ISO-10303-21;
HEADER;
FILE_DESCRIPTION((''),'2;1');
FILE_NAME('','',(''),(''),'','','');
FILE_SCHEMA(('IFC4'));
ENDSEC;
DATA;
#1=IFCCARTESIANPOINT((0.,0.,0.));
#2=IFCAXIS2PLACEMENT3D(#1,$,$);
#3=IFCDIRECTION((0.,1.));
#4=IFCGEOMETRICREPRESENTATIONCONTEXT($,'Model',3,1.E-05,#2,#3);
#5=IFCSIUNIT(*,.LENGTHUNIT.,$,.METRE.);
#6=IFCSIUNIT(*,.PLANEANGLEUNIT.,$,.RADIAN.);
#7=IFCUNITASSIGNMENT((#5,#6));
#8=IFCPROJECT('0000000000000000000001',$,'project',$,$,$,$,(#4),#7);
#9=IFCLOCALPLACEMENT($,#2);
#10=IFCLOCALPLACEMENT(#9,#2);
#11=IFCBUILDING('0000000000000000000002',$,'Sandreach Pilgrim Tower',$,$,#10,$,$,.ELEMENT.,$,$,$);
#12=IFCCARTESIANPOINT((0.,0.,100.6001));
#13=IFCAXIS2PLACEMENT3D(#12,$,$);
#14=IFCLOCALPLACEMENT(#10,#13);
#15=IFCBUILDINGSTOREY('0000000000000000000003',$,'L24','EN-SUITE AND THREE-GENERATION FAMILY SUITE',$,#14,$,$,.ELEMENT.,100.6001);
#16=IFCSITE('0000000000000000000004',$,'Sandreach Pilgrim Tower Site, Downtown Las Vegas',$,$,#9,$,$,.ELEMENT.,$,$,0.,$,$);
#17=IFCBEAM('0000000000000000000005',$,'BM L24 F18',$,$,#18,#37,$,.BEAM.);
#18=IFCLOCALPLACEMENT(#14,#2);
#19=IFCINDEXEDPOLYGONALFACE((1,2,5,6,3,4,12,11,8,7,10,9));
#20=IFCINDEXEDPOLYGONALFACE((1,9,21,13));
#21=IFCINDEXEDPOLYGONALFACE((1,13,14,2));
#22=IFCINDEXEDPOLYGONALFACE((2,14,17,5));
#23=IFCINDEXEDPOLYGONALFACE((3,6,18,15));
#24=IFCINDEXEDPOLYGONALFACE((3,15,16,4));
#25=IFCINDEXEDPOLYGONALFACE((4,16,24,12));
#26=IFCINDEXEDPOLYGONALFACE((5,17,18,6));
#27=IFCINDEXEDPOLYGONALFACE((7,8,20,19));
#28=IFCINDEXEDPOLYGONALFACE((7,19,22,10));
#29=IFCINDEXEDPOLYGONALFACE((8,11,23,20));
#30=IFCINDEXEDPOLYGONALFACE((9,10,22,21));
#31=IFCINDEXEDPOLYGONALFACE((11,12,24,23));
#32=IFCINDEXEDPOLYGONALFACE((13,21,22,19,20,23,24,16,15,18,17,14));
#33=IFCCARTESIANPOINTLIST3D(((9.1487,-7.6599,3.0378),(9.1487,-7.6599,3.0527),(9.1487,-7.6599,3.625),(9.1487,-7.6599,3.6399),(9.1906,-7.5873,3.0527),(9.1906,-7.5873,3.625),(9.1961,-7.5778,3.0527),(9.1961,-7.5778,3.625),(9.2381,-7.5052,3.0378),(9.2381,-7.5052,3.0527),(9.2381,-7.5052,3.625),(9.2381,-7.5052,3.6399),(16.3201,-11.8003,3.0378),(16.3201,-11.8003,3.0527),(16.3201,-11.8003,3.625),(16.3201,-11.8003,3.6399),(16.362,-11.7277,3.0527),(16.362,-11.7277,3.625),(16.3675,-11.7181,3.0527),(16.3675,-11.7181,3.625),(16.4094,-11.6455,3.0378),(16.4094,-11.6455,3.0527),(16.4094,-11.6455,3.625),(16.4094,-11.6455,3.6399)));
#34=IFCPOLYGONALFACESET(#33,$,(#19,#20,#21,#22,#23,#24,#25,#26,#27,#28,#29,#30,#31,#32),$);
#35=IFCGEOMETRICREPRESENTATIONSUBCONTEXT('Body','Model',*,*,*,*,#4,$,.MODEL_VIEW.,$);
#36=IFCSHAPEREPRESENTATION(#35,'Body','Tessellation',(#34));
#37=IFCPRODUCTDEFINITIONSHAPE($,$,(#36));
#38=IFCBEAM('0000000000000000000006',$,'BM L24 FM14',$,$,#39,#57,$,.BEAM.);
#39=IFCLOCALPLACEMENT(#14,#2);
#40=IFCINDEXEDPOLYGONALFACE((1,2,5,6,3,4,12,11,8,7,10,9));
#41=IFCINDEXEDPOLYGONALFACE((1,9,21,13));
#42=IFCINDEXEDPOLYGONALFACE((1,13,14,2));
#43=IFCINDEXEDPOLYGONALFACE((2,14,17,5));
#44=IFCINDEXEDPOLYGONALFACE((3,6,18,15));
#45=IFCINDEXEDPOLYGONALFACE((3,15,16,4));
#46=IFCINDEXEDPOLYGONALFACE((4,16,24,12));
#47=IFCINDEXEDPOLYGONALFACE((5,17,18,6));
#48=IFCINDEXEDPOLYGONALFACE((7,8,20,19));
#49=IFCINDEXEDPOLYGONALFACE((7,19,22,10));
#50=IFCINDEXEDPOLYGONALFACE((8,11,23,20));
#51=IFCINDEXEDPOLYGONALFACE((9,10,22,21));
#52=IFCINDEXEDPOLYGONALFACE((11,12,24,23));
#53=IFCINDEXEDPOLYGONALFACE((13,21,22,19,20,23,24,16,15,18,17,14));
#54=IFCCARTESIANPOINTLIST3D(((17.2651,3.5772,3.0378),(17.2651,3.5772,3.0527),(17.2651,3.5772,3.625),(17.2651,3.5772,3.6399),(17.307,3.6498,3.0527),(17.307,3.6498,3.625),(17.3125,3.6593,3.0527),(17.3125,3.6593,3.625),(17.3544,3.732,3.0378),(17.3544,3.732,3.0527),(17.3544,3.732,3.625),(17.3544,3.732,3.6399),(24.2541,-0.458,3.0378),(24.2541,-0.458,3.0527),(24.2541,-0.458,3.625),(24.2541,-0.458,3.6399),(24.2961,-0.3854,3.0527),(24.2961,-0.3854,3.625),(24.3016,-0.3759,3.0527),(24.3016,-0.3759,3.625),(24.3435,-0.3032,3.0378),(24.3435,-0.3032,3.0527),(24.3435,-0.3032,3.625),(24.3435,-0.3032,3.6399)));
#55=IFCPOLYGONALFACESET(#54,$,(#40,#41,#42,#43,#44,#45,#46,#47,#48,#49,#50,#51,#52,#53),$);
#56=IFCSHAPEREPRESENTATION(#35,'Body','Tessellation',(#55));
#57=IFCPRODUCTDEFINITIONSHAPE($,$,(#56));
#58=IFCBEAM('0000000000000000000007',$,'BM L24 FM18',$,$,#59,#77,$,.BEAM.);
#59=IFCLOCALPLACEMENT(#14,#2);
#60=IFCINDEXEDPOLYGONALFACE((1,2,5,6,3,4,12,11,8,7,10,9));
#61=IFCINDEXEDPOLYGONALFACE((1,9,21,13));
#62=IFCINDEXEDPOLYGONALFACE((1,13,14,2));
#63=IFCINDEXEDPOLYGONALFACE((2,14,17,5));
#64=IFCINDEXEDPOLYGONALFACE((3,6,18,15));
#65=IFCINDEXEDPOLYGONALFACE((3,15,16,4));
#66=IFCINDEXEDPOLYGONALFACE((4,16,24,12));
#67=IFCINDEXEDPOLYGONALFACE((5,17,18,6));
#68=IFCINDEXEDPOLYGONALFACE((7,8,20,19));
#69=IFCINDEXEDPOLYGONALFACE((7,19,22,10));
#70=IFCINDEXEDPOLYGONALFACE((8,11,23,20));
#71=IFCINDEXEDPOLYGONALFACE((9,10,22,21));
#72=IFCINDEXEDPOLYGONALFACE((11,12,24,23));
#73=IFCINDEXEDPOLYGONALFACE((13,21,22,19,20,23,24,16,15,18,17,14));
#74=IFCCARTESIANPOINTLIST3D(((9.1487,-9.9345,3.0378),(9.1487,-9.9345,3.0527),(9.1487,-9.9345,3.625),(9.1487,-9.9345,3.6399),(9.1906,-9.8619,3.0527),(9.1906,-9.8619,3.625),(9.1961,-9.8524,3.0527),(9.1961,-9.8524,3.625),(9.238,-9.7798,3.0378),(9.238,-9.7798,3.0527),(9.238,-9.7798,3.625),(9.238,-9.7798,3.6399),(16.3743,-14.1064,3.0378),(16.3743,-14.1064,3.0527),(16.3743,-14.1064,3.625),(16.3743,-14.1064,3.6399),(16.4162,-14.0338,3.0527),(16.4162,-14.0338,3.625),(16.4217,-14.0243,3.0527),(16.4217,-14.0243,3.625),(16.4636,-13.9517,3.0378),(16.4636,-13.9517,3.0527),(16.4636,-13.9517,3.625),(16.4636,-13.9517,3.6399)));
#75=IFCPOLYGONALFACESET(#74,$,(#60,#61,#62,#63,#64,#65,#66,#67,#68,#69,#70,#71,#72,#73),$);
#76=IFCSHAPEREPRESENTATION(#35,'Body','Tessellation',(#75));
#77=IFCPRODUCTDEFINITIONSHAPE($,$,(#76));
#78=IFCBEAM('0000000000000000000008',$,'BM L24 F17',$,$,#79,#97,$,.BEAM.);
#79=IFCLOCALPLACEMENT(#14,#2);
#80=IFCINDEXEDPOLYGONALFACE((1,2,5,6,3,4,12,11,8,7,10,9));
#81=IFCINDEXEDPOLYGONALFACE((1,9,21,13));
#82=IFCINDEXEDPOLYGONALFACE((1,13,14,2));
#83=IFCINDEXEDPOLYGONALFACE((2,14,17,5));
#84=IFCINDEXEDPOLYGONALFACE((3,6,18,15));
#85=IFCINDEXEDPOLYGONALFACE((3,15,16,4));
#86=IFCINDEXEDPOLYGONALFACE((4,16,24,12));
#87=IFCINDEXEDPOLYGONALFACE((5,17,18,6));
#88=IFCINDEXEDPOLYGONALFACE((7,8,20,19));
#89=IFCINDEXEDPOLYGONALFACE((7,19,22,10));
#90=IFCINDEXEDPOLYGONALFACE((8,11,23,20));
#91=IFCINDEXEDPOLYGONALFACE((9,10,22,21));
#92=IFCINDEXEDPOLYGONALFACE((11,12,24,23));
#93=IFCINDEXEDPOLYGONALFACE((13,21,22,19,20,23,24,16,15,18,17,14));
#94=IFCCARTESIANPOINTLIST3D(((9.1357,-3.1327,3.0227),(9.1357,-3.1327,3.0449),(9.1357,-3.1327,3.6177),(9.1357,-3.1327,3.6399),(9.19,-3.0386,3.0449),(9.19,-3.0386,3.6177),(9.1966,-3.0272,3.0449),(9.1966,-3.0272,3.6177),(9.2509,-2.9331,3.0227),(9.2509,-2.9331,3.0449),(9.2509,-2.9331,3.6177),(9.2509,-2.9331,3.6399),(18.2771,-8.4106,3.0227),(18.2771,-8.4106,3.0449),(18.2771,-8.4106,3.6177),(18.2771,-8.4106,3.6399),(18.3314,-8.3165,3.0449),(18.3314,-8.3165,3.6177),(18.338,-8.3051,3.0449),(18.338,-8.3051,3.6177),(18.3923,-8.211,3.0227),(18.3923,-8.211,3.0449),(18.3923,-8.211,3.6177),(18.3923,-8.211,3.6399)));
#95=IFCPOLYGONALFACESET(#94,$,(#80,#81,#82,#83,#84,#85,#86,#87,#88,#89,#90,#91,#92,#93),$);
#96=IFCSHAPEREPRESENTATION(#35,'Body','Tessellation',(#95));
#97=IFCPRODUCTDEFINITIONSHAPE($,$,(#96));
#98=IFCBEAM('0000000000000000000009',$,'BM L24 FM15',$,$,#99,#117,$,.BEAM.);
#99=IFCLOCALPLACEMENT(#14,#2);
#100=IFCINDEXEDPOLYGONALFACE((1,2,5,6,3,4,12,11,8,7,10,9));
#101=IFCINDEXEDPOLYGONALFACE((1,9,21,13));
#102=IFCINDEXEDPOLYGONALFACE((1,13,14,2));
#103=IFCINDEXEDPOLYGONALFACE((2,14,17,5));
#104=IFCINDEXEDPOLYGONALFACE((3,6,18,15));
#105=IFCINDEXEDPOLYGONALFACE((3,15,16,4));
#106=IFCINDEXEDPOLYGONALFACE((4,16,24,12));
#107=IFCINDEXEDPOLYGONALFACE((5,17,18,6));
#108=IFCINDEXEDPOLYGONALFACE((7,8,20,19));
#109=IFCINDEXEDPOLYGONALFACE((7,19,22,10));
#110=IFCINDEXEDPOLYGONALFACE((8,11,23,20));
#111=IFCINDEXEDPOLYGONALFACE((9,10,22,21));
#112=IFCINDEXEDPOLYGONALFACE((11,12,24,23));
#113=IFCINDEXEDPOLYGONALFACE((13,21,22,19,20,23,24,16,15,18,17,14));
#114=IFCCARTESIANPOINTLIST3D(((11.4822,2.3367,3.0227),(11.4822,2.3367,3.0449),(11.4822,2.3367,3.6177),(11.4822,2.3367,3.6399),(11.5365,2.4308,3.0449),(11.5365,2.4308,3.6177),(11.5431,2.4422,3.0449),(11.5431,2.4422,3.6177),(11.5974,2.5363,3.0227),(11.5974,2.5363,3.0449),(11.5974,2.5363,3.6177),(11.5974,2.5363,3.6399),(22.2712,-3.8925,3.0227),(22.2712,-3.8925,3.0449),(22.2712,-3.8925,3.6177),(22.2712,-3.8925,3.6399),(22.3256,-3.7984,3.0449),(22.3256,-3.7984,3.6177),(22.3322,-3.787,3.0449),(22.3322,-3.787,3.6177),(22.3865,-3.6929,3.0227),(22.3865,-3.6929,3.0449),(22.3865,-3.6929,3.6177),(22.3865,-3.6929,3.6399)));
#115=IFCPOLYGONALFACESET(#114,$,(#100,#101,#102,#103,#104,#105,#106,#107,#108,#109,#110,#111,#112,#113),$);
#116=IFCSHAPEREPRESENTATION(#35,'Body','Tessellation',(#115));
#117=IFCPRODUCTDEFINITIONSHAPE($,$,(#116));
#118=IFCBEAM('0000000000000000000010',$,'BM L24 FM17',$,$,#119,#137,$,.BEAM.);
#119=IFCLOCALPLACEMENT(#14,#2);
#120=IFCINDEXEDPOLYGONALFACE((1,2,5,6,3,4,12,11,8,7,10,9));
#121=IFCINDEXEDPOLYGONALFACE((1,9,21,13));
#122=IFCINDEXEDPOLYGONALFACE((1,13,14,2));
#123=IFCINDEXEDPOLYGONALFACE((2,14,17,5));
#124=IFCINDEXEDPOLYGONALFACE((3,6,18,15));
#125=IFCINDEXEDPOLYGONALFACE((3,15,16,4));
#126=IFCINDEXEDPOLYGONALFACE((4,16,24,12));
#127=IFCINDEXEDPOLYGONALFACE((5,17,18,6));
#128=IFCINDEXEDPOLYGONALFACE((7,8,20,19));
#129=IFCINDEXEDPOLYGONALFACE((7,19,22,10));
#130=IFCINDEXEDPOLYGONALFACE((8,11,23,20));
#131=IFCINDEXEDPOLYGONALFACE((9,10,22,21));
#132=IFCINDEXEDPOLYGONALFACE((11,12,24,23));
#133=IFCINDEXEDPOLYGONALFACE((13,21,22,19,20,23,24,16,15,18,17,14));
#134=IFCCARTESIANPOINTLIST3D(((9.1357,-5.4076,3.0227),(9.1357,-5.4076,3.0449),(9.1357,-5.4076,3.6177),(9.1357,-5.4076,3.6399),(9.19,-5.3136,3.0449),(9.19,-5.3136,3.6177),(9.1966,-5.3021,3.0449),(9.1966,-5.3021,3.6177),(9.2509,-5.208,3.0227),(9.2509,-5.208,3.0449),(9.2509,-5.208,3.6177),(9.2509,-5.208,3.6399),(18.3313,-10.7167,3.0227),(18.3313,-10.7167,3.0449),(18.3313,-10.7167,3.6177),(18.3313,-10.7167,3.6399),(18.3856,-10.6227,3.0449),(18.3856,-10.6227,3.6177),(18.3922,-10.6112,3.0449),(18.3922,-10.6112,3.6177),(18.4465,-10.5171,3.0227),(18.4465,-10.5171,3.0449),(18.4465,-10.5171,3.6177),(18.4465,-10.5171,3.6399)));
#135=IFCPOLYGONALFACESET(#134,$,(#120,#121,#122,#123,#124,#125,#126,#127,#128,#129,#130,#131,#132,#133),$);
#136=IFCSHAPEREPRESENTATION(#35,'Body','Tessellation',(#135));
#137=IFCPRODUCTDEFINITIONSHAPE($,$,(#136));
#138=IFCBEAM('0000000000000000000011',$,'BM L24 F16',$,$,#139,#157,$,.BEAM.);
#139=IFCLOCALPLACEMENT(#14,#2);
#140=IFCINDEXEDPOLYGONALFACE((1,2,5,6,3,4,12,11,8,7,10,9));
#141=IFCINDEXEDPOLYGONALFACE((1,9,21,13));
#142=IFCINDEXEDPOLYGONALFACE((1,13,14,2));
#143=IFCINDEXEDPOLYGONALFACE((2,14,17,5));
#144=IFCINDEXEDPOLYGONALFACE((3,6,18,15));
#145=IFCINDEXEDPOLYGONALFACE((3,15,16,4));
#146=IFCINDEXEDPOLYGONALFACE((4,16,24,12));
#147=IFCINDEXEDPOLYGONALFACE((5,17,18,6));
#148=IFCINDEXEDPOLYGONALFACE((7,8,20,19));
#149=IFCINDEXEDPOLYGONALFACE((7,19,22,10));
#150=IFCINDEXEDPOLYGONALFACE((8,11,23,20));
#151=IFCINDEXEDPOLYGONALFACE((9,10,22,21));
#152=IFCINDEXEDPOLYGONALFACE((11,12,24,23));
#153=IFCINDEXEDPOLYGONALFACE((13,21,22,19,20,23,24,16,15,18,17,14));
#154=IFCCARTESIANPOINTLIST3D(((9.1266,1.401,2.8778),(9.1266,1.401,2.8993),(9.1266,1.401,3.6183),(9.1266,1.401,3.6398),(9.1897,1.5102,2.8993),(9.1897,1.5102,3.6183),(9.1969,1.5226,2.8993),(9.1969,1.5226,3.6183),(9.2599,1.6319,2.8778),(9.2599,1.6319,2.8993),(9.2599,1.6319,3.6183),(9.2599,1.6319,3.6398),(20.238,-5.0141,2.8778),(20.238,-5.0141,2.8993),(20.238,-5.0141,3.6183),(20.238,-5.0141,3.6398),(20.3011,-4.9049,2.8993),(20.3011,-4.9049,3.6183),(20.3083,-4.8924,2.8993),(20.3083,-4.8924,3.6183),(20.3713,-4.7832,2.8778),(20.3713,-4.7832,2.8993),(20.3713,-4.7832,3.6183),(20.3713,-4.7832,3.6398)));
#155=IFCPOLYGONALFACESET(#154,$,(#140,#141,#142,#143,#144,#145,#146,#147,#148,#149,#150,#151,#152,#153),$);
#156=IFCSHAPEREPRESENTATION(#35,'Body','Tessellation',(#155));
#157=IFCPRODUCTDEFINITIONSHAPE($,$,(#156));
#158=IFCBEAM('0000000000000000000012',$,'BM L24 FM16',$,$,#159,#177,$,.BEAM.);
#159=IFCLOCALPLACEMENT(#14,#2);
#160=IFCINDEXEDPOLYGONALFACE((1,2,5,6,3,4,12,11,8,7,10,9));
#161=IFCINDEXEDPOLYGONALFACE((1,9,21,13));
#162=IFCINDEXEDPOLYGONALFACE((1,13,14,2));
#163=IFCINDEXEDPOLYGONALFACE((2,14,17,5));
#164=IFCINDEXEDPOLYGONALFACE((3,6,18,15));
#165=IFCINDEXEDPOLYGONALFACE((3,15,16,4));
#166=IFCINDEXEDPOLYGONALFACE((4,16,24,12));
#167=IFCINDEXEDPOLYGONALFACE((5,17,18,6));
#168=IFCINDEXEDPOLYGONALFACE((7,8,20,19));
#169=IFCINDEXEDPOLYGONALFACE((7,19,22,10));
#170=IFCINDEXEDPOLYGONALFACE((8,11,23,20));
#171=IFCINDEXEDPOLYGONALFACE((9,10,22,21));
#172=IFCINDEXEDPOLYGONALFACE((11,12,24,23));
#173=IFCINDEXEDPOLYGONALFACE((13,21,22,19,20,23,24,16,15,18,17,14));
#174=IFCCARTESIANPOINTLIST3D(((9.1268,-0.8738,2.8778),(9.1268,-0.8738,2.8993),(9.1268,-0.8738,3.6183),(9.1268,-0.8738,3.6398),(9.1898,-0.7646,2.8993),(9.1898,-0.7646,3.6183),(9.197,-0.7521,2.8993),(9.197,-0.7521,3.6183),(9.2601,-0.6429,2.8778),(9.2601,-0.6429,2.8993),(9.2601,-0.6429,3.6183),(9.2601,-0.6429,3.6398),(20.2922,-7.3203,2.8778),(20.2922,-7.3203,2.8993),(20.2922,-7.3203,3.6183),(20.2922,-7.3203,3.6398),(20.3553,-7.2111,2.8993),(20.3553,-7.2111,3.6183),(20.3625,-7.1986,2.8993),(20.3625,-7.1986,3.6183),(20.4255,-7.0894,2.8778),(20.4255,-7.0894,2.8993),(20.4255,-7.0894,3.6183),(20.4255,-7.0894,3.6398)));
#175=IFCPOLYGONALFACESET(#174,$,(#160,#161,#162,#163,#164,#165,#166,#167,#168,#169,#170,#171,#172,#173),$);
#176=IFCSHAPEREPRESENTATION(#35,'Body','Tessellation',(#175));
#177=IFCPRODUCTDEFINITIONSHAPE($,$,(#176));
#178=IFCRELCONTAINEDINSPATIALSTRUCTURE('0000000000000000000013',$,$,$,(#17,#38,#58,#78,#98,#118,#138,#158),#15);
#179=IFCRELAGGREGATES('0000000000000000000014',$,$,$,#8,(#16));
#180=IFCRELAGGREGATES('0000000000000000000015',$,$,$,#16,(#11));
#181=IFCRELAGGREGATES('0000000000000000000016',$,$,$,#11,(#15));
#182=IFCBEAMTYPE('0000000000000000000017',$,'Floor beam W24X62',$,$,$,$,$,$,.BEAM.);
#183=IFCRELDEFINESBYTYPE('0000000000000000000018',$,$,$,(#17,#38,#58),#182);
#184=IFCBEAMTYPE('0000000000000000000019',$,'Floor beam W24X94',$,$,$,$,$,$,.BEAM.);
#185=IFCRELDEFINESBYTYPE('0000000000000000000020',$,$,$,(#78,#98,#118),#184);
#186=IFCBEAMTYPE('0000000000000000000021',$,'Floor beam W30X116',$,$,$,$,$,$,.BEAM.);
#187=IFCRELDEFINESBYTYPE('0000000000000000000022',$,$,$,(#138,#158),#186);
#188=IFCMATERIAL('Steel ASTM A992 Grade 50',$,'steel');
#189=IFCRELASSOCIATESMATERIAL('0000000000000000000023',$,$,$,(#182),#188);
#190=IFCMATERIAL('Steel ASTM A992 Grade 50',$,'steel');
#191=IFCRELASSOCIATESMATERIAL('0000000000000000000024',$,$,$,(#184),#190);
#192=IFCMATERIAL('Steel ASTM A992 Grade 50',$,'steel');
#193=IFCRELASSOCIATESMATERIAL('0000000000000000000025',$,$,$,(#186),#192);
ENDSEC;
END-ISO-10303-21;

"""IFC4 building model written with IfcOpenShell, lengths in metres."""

from ifc_helpers import new_model, si_unit, direction, frame, origin, origin_2d, place, context, subcontext, project, spatial, i_section, extrude, material, material_profile, profile_set, type_object, element, save


model = new_model("IFC4")

# Units and contexts
model_context = context("Model", 3, precision=1e-05, world=origin(), true_north=direction((0.0, 1.0)))
body_context = subcontext(model_context, "Body", "Model", "MODEL_VIEW")
ifc_project = project(units=[si_unit("LENGTHUNIT", "METRE"), si_unit("PLANEANGLEUNIT", "RADIAN")], contexts=[model_context])

# Site, building, storey
site_placement = place(None, origin())
site = spatial("IfcSite", under=ifc_project, at=site_placement, Name="Sandreach Pilgrim Tower Site, Downtown Las Vegas", CompositionType="ELEMENT", RefElevation=0.0)
building_placement = place(site_placement, origin())
building = spatial("IfcBuilding", under=site, at=building_placement, Name="Sandreach Pilgrim Tower", CompositionType="ELEMENT")
storey_placement = place(building_placement, frame((0.0, 0.0, 100.6001)))
storey = spatial("IfcBuildingStorey", under=building, at=storey_placement, Name="L24", Description="EN-SUITE AND THREE-GENERATION FAMILY SUITE", CompositionType="ELEMENT", Elevation=100.6001)

# Beams
ifc_material_1 = material(Name="Steel ASTM A992 Grade 50", Category="steel")
ifc_material_profile_1 = material_profile(ifc_material_1, i_section(OverallWidth=0.1787, OverallDepth=0.6021, WebThickness=0.011, FlangeThickness=0.0149, at=origin_2d()), Name="W24X62")
ifc_profile_set_1 = profile_set([ifc_material_profile_1], Name="Steel ASTM A992 Grade 50")
beam_type_1 = type_object("IfcBeamType", Name="Floor beam W24X62", PredefinedType="BEAM", material=ifc_profile_set_1)
beam_1_placement = place(storey_placement, frame((16.3647, -11.7229, 3.3389), z_axis=(-0.866027, 0.499998, 0.0), x_axis=(-0.499998, -0.866027, 0.0)))
element("IfcBeam", 1, at=beam_1_placement, inside=storey, type_object=beam_type_1, Name="BM L24 F18", PredefinedType="BEAM", context=body_context, shape_type="SweptSolid", body=[
    extrude(i_section(OverallWidth=0.1787, OverallDepth=0.6021, WebThickness=0.011, FlangeThickness=0.0149, at=origin_2d()), origin(), (0.0, 0.0, 1.0), 8.2808),
])
beam_2_placement = place(storey_placement, frame((24.2988, -0.3806, 3.3389), z_axis=(-0.866023, 0.500004, 0.0), x_axis=(-0.500004, -0.866023, 0.0)))
element("IfcBeam", 2, at=beam_2_placement, inside=storey, type_object=beam_type_1, Name="BM L24 FM14", PredefinedType="BEAM", context=body_context, shape_type="SweptSolid", body=[
    extrude(i_section(OverallWidth=0.1787, OverallDepth=0.6021, WebThickness=0.011, FlangeThickness=0.0149, at=origin_2d()), origin(), (0.0, 0.0, 1.0), 8.0703),
])
beam_3_placement = place(storey_placement, frame((16.4189, -14.0291, 3.3389), z_axis=(-0.866016, 0.500016, 0.0), x_axis=(-0.500016, -0.866016, 0.0)))
element("IfcBeam", 3, at=beam_3_placement, inside=storey, type_object=beam_type_1, Name="BM L24 FM18", PredefinedType="BEAM", context=body_context, shape_type="SweptSolid", body=[
    extrude(i_section(OverallWidth=0.1787, OverallDepth=0.6021, WebThickness=0.011, FlangeThickness=0.0149, at=origin_2d()), origin(), (0.0, 0.0, 1.0), 8.3435),
])
ifc_material_2 = material(Name="Steel ASTM A992 Grade 50", Category="steel")
ifc_material_profile_2 = material_profile(ifc_material_2, i_section(OverallWidth=0.2305, OverallDepth=0.6172, WebThickness=0.0132, FlangeThickness=0.0222, at=origin_2d()), Name="W24X94")
ifc_profile_set_2 = profile_set([ifc_material_profile_2], Name="Steel ASTM A992 Grade 50")
beam_type_2 = type_object("IfcBeamType", Name="Floor beam W24X94", PredefinedType="BEAM", material=ifc_profile_set_2)
beam_4_placement = place(storey_placement, frame((18.3347, -8.3108, 3.3313), z_axis=(-0.866023, 0.500005, 0.0), x_axis=(-0.500005, -0.866023, 0.0)))
element("IfcBeam", 4, at=beam_4_placement, inside=storey, type_object=beam_type_2, Name="BM L24 F17", PredefinedType="BEAM", context=body_context, shape_type="SweptSolid", body=[
    extrude(i_section(OverallWidth=0.2305, OverallDepth=0.6172, WebThickness=0.0132, FlangeThickness=0.0222, at=origin_2d()), origin(), (0.0, 0.0, 1.0), 10.5557),
])
beam_5_placement = place(storey_placement, frame((22.3289, -3.7927, 3.3313), z_axis=(-0.866019, 0.500011, 0.0), x_axis=(-0.500011, -0.866019, 0.0)))
element("IfcBeam", 5, at=beam_5_placement, inside=storey, type_object=beam_type_2, Name="BM L24 FM15", PredefinedType="BEAM", context=body_context, shape_type="SweptSolid", body=[
    extrude(i_section(OverallWidth=0.2305, OverallDepth=0.6172, WebThickness=0.0132, FlangeThickness=0.0222, at=origin_2d()), origin(), (0.0, 0.0, 1.0), 12.4583),
])
beam_6_placement = place(storey_placement, frame((18.3889, -10.6169, 3.3313), z_axis=(-0.866024, 0.500002, 0.0), x_axis=(-0.500002, -0.866024, 0.0)))
element("IfcBeam", 6, at=beam_6_placement, inside=storey, type_object=beam_type_2, Name="BM L24 FM17", PredefinedType="BEAM", context=body_context, shape_type="SweptSolid", body=[
    extrude(i_section(OverallWidth=0.2305, OverallDepth=0.6172, WebThickness=0.0132, FlangeThickness=0.0222, at=origin_2d()), origin(), (0.0, 0.0, 1.0), 10.6182),
])
ifc_material_3 = material(Name="Steel ASTM A992 Grade 50", Category="steel")
ifc_material_profile_3 = material_profile(ifc_material_3, i_section(OverallWidth=0.2666, OverallDepth=0.762, WebThickness=0.0144, FlangeThickness=0.0215, at=origin_2d()), Name="W30X116")
ifc_profile_set_3 = profile_set([ifc_material_profile_3], Name="Steel ASTM A992 Grade 50")
beam_type_3 = type_object("IfcBeamType", Name="Floor beam W30X116", PredefinedType="BEAM", material=ifc_profile_set_3)
beam_7_placement = place(storey_placement, frame((20.3047, -4.8987, 3.2588), z_axis=(-0.866028, 0.499995, 0.0), x_axis=(-0.499995, -0.866028, 0.0)))
element("IfcBeam", 7, at=beam_7_placement, inside=storey, type_object=beam_type_3, Name="BM L24 F16", PredefinedType="BEAM", context=body_context, shape_type="SweptSolid", body=[
    extrude(i_section(OverallWidth=0.2666, OverallDepth=0.762, WebThickness=0.0144, FlangeThickness=0.0215, at=origin_2d()), origin(), (0.0, 0.0, 1.0), 12.8303),
])
beam_8_placement = place(storey_placement, frame((20.3589, -7.2048, 3.2588), z_axis=(-0.866022, 0.500007, 0.0), x_axis=(-0.500007, -0.866022, 0.0)))
element("IfcBeam", 8, at=beam_8_placement, inside=storey, type_object=beam_type_3, Name="BM L24 FM16", PredefinedType="BEAM", context=body_context, shape_type="SweptSolid", body=[
    extrude(i_section(OverallWidth=0.2666, OverallDepth=0.762, WebThickness=0.0144, FlangeThickness=0.0215, at=origin_2d()), origin(), (0.0, 0.0, 1.0), 12.8928),
])

save(model, "model.ifc")
